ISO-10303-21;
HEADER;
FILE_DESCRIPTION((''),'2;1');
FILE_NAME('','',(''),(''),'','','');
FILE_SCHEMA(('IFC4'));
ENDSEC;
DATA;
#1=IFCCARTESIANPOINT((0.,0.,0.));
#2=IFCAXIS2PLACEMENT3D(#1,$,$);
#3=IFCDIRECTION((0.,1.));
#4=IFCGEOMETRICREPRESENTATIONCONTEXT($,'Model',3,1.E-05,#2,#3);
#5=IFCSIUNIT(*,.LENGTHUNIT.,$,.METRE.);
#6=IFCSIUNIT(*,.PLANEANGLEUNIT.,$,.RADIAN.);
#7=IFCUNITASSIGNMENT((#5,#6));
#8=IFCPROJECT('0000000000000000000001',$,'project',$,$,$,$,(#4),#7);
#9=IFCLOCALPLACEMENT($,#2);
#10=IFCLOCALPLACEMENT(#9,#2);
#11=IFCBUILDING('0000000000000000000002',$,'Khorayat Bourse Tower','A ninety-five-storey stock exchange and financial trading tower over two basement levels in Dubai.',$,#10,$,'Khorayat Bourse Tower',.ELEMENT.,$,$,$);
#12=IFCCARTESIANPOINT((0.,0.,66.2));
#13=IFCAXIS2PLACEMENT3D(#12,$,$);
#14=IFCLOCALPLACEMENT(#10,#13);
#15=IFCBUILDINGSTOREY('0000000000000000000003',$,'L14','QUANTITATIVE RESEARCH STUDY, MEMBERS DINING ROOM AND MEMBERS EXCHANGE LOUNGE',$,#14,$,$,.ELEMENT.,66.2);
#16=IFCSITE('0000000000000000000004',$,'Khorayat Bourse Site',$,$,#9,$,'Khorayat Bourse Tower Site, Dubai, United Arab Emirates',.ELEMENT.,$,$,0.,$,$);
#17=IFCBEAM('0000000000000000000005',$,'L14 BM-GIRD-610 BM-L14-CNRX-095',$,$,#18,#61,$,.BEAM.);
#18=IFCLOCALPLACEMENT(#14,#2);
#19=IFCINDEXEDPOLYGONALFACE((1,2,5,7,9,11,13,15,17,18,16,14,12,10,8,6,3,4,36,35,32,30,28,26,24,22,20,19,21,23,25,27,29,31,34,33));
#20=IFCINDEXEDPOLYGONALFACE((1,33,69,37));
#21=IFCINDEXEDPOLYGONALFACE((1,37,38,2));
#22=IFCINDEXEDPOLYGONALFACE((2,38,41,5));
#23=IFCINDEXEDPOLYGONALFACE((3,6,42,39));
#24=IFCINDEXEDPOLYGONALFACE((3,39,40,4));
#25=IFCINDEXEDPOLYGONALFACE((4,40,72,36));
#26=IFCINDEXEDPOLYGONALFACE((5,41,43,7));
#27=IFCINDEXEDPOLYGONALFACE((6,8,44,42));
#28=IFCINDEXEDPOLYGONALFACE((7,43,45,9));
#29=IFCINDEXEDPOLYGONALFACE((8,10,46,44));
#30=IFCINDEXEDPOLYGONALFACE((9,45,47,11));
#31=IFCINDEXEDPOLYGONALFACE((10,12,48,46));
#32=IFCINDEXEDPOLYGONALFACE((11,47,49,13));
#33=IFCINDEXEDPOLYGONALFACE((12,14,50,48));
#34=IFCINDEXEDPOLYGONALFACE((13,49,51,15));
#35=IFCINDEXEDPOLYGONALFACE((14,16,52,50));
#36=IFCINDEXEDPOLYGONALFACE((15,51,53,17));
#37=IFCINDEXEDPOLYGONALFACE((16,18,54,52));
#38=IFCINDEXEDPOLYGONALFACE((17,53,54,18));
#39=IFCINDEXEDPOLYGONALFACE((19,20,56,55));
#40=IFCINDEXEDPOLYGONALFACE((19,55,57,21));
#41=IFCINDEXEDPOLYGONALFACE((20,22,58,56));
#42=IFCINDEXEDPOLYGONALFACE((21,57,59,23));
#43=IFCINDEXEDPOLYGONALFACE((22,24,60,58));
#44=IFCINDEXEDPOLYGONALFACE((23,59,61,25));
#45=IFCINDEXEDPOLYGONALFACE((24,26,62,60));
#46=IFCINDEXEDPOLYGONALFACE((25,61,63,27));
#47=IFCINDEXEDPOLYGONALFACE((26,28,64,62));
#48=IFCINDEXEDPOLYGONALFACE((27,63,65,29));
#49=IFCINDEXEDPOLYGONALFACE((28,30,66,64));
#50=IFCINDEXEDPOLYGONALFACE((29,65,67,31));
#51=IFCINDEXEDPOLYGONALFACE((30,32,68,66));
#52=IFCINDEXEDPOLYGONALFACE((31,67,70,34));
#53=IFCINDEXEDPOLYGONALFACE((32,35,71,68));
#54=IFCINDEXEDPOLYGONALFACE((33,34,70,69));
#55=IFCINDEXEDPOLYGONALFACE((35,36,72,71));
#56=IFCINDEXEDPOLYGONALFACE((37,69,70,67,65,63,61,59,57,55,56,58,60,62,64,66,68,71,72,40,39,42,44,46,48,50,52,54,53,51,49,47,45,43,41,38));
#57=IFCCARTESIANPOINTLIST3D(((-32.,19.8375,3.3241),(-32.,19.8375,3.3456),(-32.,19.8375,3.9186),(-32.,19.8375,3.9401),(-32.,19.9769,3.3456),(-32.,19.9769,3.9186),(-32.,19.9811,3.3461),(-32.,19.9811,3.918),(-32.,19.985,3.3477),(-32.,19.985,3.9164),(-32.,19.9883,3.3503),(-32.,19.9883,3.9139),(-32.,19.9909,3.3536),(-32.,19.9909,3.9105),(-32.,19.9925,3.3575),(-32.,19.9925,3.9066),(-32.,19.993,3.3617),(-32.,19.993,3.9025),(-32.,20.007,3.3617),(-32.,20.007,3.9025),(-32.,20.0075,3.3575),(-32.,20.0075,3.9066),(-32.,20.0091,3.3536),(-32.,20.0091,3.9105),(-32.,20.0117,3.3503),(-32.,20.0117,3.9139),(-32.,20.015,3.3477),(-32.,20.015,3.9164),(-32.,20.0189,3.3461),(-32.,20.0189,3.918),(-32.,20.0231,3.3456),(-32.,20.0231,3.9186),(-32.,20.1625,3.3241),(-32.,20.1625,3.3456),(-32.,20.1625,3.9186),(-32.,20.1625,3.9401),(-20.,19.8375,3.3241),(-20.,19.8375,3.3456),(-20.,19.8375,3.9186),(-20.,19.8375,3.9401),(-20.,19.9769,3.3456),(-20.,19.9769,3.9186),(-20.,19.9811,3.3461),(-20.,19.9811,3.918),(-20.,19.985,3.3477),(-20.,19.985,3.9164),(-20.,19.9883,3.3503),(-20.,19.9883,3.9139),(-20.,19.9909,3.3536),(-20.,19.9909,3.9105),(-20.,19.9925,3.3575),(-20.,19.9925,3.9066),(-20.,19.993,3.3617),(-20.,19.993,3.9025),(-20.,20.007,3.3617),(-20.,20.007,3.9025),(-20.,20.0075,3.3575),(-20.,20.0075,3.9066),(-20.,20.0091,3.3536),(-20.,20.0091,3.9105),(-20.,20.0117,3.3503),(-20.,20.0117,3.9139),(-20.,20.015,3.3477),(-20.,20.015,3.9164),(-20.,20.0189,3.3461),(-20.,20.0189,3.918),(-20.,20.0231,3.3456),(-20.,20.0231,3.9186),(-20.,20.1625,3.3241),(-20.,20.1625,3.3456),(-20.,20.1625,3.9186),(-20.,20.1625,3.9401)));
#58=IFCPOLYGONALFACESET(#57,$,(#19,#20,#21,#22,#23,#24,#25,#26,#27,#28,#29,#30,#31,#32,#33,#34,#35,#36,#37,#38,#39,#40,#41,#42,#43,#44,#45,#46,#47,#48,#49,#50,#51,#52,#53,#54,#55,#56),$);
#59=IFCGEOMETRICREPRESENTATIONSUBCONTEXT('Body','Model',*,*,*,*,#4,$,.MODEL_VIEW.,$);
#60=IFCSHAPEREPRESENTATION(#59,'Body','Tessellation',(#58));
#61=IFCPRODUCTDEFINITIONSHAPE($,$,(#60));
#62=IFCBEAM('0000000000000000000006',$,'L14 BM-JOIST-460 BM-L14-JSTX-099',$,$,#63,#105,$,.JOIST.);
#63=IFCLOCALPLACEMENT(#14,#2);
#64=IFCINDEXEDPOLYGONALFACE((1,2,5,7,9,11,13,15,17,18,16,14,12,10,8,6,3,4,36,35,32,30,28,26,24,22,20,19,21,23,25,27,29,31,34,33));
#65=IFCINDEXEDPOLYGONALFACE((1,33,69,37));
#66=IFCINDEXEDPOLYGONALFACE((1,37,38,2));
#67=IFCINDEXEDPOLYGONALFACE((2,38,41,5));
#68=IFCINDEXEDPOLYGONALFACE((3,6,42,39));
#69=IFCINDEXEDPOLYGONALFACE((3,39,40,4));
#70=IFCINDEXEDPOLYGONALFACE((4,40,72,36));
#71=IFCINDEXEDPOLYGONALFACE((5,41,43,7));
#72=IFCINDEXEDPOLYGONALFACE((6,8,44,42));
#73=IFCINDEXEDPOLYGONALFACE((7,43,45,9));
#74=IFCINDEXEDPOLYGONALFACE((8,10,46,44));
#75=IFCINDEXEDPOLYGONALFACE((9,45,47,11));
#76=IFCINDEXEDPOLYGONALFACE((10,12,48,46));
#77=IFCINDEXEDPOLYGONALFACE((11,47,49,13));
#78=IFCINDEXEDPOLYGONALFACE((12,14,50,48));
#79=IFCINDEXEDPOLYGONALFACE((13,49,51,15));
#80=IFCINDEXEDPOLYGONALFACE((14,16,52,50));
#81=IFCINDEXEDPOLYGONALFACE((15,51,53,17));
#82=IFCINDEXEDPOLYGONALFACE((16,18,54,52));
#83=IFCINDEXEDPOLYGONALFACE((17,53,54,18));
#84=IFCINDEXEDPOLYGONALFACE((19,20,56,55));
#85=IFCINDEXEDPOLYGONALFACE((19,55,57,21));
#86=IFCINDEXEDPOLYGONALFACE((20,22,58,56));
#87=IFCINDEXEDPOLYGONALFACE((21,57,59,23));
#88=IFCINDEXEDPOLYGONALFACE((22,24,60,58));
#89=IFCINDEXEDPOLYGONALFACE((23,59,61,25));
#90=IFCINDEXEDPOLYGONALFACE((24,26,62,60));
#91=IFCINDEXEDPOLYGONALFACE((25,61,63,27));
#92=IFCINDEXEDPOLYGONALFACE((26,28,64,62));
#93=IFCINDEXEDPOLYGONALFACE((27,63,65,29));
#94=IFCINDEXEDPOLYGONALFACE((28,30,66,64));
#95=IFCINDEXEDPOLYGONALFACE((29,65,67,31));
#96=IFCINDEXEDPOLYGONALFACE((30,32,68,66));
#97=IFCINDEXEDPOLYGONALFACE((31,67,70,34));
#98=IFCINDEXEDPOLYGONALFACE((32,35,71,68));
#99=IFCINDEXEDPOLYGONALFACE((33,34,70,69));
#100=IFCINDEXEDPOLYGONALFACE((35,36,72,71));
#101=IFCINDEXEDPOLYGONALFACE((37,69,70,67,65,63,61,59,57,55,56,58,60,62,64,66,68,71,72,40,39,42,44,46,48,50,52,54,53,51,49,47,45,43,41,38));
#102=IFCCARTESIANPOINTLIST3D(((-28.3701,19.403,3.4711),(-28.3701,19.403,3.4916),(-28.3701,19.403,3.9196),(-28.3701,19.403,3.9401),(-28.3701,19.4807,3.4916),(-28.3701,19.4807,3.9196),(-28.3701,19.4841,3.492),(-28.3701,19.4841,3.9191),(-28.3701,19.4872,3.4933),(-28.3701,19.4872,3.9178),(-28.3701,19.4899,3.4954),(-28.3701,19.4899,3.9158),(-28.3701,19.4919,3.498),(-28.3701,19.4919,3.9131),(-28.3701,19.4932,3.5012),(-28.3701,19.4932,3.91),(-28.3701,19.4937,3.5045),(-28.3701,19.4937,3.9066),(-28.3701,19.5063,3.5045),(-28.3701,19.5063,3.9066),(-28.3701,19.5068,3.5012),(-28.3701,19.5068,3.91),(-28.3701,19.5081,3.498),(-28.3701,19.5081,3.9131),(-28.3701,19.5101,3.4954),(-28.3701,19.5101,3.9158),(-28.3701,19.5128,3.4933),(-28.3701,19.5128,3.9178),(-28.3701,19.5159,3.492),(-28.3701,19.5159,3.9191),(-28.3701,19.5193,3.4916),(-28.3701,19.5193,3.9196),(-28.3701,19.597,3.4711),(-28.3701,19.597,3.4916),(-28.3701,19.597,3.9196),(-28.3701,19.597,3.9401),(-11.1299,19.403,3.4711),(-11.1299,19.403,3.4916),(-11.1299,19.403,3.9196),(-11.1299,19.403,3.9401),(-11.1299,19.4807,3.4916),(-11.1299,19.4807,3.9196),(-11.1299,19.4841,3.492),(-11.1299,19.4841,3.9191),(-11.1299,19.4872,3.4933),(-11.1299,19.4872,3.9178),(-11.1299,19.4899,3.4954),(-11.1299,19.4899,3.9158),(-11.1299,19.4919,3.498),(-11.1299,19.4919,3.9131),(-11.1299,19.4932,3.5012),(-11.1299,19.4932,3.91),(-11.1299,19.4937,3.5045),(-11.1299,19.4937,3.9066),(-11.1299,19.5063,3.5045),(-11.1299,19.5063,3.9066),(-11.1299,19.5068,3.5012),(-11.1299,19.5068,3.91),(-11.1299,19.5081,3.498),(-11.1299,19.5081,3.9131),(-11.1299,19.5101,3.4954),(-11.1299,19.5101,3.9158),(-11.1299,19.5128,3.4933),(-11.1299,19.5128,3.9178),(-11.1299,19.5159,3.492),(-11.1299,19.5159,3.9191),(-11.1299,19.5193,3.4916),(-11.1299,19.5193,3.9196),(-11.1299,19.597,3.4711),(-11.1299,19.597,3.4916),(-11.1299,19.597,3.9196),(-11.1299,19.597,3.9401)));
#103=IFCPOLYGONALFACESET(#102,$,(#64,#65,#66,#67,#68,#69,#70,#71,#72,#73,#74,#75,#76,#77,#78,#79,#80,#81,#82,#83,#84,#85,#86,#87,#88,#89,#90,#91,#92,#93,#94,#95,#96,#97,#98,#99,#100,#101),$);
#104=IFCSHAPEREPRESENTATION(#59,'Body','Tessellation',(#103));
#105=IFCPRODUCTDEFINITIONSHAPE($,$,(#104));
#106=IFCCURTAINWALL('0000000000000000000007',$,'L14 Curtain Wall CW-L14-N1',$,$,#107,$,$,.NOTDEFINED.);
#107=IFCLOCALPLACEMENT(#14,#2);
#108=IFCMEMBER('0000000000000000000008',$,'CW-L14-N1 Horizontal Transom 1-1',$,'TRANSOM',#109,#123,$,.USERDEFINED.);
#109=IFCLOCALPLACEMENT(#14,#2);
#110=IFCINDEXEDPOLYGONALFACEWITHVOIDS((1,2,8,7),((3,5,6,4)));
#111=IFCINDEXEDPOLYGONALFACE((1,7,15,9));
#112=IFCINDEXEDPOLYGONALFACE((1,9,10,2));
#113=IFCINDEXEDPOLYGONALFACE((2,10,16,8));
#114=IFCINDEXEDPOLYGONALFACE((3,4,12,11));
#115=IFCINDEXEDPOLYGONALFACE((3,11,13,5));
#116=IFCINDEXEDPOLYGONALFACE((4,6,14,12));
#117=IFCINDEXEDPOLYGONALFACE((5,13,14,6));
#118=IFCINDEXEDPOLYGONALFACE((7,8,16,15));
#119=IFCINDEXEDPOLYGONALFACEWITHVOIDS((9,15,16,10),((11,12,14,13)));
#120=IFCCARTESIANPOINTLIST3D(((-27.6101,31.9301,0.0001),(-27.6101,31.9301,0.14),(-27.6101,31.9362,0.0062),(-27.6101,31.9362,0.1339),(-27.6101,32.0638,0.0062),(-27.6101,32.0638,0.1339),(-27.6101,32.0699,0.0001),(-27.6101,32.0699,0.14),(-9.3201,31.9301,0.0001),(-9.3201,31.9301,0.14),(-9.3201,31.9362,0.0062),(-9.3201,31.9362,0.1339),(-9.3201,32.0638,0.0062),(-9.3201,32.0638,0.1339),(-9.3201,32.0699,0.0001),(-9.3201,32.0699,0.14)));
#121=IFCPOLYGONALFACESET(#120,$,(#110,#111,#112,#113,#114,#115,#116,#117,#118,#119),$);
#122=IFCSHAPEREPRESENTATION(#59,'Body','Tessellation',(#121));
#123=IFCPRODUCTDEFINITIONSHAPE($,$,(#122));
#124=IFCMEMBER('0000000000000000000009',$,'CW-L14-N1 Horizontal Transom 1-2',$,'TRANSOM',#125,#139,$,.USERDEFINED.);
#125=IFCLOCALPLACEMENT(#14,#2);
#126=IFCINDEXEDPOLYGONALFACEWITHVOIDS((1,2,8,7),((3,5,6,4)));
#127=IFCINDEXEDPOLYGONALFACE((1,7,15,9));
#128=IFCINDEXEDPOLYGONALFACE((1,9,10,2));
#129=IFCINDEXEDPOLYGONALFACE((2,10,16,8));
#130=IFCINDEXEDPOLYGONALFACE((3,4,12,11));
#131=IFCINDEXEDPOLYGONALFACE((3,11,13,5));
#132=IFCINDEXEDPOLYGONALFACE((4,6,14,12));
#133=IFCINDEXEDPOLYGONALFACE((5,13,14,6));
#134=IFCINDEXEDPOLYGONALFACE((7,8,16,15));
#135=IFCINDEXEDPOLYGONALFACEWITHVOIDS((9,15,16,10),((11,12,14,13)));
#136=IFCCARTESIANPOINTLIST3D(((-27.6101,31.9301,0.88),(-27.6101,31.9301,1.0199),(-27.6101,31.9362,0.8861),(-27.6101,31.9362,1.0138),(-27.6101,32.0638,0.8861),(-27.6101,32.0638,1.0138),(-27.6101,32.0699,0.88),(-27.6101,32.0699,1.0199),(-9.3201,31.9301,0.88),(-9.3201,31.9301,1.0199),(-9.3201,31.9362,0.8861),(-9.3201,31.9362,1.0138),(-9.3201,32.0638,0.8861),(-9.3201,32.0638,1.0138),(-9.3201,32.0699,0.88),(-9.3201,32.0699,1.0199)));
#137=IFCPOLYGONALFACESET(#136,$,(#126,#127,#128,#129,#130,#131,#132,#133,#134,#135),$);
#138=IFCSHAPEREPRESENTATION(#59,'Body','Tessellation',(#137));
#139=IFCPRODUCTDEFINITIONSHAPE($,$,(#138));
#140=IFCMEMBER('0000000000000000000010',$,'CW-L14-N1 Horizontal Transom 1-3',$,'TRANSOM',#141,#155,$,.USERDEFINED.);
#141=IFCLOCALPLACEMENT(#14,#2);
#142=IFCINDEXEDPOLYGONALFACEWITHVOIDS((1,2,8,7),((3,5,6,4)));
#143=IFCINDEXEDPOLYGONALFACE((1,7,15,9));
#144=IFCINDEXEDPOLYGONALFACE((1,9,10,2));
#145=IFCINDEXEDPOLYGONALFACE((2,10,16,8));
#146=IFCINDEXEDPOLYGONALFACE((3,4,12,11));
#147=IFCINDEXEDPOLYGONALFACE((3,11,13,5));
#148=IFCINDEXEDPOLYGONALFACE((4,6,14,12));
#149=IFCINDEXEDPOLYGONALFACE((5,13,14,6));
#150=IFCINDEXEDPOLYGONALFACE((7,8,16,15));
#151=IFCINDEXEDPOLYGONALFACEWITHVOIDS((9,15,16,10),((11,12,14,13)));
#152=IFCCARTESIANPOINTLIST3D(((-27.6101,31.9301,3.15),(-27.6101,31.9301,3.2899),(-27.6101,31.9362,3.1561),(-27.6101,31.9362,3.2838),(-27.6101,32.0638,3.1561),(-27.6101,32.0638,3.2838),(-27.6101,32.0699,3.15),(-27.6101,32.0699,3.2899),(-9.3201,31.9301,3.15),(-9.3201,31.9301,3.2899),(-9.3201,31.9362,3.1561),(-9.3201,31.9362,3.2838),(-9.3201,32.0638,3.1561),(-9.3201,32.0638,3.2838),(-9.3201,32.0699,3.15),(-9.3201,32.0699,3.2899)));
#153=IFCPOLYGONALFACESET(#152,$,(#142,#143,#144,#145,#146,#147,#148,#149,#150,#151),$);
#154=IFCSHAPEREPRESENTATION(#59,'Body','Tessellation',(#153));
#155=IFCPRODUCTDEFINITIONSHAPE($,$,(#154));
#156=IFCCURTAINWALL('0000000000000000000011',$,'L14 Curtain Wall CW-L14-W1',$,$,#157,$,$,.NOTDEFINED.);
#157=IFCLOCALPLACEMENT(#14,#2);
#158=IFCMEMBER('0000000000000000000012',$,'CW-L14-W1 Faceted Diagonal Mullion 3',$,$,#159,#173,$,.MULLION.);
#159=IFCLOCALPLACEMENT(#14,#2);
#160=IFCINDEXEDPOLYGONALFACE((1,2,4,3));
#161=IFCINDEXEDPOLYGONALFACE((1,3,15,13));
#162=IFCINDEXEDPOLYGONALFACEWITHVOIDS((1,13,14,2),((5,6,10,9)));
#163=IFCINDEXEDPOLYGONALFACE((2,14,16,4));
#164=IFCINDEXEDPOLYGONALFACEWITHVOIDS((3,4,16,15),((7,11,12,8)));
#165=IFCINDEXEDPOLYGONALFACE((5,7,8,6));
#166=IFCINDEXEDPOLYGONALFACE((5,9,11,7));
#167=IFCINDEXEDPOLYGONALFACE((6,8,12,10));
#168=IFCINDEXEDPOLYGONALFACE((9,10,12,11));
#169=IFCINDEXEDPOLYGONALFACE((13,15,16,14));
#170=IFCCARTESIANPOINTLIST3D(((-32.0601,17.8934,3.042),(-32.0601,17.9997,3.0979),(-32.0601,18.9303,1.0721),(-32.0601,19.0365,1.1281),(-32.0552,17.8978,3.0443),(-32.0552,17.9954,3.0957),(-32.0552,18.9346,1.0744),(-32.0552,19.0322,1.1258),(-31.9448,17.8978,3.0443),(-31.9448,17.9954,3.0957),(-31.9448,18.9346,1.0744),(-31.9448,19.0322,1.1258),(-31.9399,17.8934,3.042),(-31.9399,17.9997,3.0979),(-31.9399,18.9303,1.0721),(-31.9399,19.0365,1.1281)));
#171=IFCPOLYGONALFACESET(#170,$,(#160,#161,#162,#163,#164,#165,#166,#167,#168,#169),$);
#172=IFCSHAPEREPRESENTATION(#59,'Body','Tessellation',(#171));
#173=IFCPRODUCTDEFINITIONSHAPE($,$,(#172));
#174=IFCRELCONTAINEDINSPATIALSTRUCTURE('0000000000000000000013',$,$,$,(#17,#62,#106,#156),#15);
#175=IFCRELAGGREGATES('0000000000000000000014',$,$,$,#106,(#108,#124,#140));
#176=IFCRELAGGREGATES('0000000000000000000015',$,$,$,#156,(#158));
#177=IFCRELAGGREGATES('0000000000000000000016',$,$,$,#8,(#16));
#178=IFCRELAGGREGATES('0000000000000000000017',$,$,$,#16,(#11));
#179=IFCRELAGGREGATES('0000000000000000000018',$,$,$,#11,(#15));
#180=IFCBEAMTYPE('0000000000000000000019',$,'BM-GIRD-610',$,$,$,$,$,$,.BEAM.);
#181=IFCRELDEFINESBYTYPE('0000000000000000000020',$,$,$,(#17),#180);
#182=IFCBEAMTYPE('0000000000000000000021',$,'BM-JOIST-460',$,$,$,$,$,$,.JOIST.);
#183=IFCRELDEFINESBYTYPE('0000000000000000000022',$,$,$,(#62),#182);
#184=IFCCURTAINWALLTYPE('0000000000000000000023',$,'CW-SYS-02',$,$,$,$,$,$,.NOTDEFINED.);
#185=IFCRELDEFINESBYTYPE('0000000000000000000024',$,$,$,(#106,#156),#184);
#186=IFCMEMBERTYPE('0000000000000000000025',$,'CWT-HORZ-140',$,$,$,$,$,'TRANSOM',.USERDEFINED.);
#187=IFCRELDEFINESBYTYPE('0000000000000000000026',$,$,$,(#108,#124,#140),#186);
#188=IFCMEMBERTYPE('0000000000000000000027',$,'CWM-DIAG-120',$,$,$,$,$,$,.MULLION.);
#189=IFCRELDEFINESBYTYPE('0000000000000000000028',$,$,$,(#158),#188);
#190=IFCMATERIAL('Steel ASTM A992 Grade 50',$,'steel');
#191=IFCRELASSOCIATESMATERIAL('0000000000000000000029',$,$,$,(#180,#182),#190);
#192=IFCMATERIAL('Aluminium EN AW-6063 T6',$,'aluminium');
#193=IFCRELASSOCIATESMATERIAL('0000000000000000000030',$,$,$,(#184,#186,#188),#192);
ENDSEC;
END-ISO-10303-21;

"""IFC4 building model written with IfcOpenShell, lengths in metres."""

from ifc_helpers import new_model, si_unit, direction, frame, origin, origin_2d, place, context, subcontext, project, spatial, hollow_rectangle, i_section, extrude, source, transform, mapped, material, material_profile, profile_set, type_object, element, aggregate, save


model = new_model("IFC4")

# Units and contexts
model_context = context("Model", 3, precision=1e-05, world=origin(), true_north=direction((0.0, 1.0)))
body_context = subcontext(model_context, "Body", "Model", "MODEL_VIEW")
ifc_project = project(units=[si_unit("LENGTHUNIT", "METRE"), si_unit("PLANEANGLEUNIT", "RADIAN")], contexts=[model_context])

# Site, building, storey
site_placement = place(None, origin())
site = spatial("IfcSite", under=ifc_project, at=site_placement, Name="Khorayat Bourse Site", LongName="Khorayat Bourse Tower Site, Dubai, United Arab Emirates", CompositionType="ELEMENT", RefElevation=0.0)
building_placement = place(site_placement, origin())
building = spatial("IfcBuilding", under=site, at=building_placement, Name="Khorayat Bourse Tower", Description="A ninety-five-storey stock exchange and financial trading tower over two basement levels in Dubai.", LongName="Khorayat Bourse Tower", CompositionType="ELEMENT")
storey_placement = place(building_placement, frame((0.0, 0.0, 66.2)))
storey = spatial("IfcBuildingStorey", under=building, at=storey_placement, Name="L14", Description="QUANTITATIVE RESEARCH STUDY, MEMBERS DINING ROOM AND MEMBERS EXCHANGE LOUNGE", CompositionType="ELEMENT", Elevation=66.2)

# Beams
ifc_material_1 = material(Name="Steel ASTM A992 Grade 50", Category="steel")
ifc_material_profile_1 = material_profile(ifc_material_1, i_section(OverallWidth=0.325, OverallDepth=0.616, WebThickness=0.0139, FlangeThickness=0.0215, FilletRadius=0.0161, at=origin_2d()), Name="W610X174")
ifc_profile_set_1 = profile_set([ifc_material_profile_1], Name="Steel ASTM A992 Grade 50")
beam_type_1 = type_object("IfcBeamType", Name="BM-GIRD-610", PredefinedType="BEAM", material=ifc_profile_set_1)
shared_shape_1 = source(origin(), body_context, "Body", "SweptSolid", [
    extrude(i_section(OverallWidth=0.325, OverallDepth=0.616, WebThickness=0.0139, FlangeThickness=0.0215, FilletRadius=0.0161, at=origin_2d()), origin(), (0.0, 0.0, 1.0), 12.0),
])
beam_1_placement = place(storey_placement, frame((-32.0, 20.0, 3.6321), z_axis=(1.0, 0.0, 0.0), x_axis=(0.0, 1.0, 0.0)))
element("IfcBeam", 1, at=beam_1_placement, inside=storey, type_object=beam_type_1, Name="L14 BM-GIRD-610 BM-L14-CNRX-095", PredefinedType="BEAM", context=body_context, shape_type="MappedRepresentation", body=[
    mapped(shared_shape_1, transform((0.0, 0.0, 0.0), scale=1.0)),
])
ifc_material_profile_2 = material_profile(ifc_material_1, i_section(OverallWidth=0.1941, OverallDepth=0.469, WebThickness=0.0127, FlangeThickness=0.0205, FilletRadius=0.0129, at=origin_2d()), Name="W460X106")
ifc_profile_set_2 = profile_set([ifc_material_profile_2], Name="Steel ASTM A992 Grade 50")
beam_type_2 = type_object("IfcBeamType", Name="BM-JOIST-460", PredefinedType="JOIST", material=ifc_profile_set_2)
shared_shape_2 = source(origin(), body_context, "Body", "SweptSolid", [
    extrude(i_section(OverallWidth=0.1941, OverallDepth=0.469, WebThickness=0.0127, FlangeThickness=0.0205, FilletRadius=0.0129, at=origin_2d()), origin(), (0.0, 0.0, 1.0), 17.2402),
])
beam_2_placement = place(storey_placement, frame((-28.3701, 19.5, 3.7056), z_axis=(1.0, 0.0, 0.0), x_axis=(0.0, 1.0, 0.0)))
element("IfcBeam", 2, at=beam_2_placement, inside=storey, type_object=beam_type_2, Name="L14 BM-JOIST-460 BM-L14-JSTX-099", PredefinedType="JOIST", context=body_context, shape_type="MappedRepresentation", body=[
    mapped(shared_shape_2, transform((0.0, 0.0, 0.0), scale=1.0)),
])

# Curtain wall, members
ifc_material_2 = material(Name="Aluminium EN AW-6063 T6", Category="aluminium")
curtain_wall_type = type_object("IfcCurtainWallType", Name="CW-SYS-02", PredefinedType="NOTDEFINED", material=ifc_material_2)
curtain_wall_1_placement = place(storey_placement, origin())
curtain_wall_1 = element("IfcCurtainWall", 3, at=curtain_wall_1_placement, inside=storey, type_object=curtain_wall_type, Name="L14 Curtain Wall CW-L14-N1", PredefinedType="NOTDEFINED")
ifc_material_profile_3 = material_profile(ifc_material_2, hollow_rectangle(XDim=0.1399, YDim=0.1399, WallThickness=0.0061, at=origin_2d()), Name="ALU 140x140x6")
ifc_profile_set_3 = profile_set([ifc_material_profile_3], Name="Aluminium EN AW-6063 T6")
member_type_1 = type_object("IfcMemberType", Name="CWT-HORZ-140", ElementType="TRANSOM", PredefinedType="USERDEFINED", material=ifc_profile_set_3)
shared_shape_3 = source(origin(), body_context, "Body", "SweptSolid", [
    extrude(hollow_rectangle(XDim=0.1399, YDim=0.1399, WallThickness=0.0061, at=origin_2d()), origin(), (0.0, 0.0, 1.0), 18.29),
])
member_1_placement = place(storey_placement, frame((-27.6101, 32.0, 0.0701), z_axis=(1.0, 0.0, 0.0), x_axis=(0.0, 1.0, 0.0)))
member_1 = element("IfcMember", 4, at=member_1_placement, type_object=member_type_1, Name="CW-L14-N1 Horizontal Transom 1-1", ObjectType="TRANSOM", PredefinedType="USERDEFINED", context=body_context, shape_type="MappedRepresentation", body=[
    mapped(shared_shape_3, transform((0.0, 0.0, 0.0), scale=1.0)),
])
member_2_placement = place(storey_placement, frame((-27.6101, 32.0, 0.95), z_axis=(1.0, 0.0, 0.0), x_axis=(0.0, 1.0, 0.0)))
member_2 = element("IfcMember", 5, at=member_2_placement, type_object=member_type_1, Name="CW-L14-N1 Horizontal Transom 1-2", ObjectType="TRANSOM", PredefinedType="USERDEFINED", context=body_context, shape_type="MappedRepresentation", body=[
    mapped(shared_shape_3, transform((0.0, 0.0, 0.0), scale=1.0)),
])
member_3_placement = place(storey_placement, frame((-27.6101, 32.0, 3.22), z_axis=(1.0, 0.0, 0.0), x_axis=(0.0, 1.0, 0.0)))
member_3 = element("IfcMember", 6, at=member_3_placement, type_object=member_type_1, Name="CW-L14-N1 Horizontal Transom 1-3", ObjectType="TRANSOM", PredefinedType="USERDEFINED", context=body_context, shape_type="MappedRepresentation", body=[
    mapped(shared_shape_3, transform((0.0, 0.0, 0.0), scale=1.0)),
])

# Curtain wall, member
curtain_wall_2_placement = place(storey_placement, origin())
curtain_wall_2 = element("IfcCurtainWall", 7, at=curtain_wall_2_placement, inside=storey, type_object=curtain_wall_type, Name="L14 Curtain Wall CW-L14-W1", PredefinedType="NOTDEFINED")
ifc_material_profile_4 = material_profile(ifc_material_2, hollow_rectangle(XDim=0.1201, YDim=0.1201, WallThickness=0.0049, at=origin_2d()), Name="ALU 120x120x5")
ifc_profile_set_4 = profile_set([ifc_material_profile_4], Name="Aluminium EN AW-6063 T6")
member_type_2 = type_object("IfcMemberType", Name="CWM-DIAG-120", PredefinedType="MULLION", material=ifc_profile_set_4)
shared_shape_4 = source(origin(), body_context, "Body", "SweptSolid", [
    extrude(hollow_rectangle(XDim=0.1201, YDim=0.1201, WallThickness=0.0049, at=origin_2d()), origin(), (0.0, 0.0, 1.0), 2.2261),
])
member_4_placement = place(storey_placement, frame((-32.0, 18.9834, 1.1001), z_axis=(0.0, -0.46576, 0.884911), x_axis=(1.0, 0.0, 0.0)))
member_4 = element("IfcMember", 8, at=member_4_placement, type_object=member_type_2, Name="CW-L14-W1 Faceted Diagonal Mullion 3", PredefinedType="MULLION", context=body_context, shape_type="MappedRepresentation", body=[
    mapped(shared_shape_4, transform((0.0, 0.0, 0.0), scale=1.0)),
])

aggregate(curtain_wall_1, [member_1, member_2, member_3])

aggregate(curtain_wall_2, [member_4])

save(model, "model.ifc")
